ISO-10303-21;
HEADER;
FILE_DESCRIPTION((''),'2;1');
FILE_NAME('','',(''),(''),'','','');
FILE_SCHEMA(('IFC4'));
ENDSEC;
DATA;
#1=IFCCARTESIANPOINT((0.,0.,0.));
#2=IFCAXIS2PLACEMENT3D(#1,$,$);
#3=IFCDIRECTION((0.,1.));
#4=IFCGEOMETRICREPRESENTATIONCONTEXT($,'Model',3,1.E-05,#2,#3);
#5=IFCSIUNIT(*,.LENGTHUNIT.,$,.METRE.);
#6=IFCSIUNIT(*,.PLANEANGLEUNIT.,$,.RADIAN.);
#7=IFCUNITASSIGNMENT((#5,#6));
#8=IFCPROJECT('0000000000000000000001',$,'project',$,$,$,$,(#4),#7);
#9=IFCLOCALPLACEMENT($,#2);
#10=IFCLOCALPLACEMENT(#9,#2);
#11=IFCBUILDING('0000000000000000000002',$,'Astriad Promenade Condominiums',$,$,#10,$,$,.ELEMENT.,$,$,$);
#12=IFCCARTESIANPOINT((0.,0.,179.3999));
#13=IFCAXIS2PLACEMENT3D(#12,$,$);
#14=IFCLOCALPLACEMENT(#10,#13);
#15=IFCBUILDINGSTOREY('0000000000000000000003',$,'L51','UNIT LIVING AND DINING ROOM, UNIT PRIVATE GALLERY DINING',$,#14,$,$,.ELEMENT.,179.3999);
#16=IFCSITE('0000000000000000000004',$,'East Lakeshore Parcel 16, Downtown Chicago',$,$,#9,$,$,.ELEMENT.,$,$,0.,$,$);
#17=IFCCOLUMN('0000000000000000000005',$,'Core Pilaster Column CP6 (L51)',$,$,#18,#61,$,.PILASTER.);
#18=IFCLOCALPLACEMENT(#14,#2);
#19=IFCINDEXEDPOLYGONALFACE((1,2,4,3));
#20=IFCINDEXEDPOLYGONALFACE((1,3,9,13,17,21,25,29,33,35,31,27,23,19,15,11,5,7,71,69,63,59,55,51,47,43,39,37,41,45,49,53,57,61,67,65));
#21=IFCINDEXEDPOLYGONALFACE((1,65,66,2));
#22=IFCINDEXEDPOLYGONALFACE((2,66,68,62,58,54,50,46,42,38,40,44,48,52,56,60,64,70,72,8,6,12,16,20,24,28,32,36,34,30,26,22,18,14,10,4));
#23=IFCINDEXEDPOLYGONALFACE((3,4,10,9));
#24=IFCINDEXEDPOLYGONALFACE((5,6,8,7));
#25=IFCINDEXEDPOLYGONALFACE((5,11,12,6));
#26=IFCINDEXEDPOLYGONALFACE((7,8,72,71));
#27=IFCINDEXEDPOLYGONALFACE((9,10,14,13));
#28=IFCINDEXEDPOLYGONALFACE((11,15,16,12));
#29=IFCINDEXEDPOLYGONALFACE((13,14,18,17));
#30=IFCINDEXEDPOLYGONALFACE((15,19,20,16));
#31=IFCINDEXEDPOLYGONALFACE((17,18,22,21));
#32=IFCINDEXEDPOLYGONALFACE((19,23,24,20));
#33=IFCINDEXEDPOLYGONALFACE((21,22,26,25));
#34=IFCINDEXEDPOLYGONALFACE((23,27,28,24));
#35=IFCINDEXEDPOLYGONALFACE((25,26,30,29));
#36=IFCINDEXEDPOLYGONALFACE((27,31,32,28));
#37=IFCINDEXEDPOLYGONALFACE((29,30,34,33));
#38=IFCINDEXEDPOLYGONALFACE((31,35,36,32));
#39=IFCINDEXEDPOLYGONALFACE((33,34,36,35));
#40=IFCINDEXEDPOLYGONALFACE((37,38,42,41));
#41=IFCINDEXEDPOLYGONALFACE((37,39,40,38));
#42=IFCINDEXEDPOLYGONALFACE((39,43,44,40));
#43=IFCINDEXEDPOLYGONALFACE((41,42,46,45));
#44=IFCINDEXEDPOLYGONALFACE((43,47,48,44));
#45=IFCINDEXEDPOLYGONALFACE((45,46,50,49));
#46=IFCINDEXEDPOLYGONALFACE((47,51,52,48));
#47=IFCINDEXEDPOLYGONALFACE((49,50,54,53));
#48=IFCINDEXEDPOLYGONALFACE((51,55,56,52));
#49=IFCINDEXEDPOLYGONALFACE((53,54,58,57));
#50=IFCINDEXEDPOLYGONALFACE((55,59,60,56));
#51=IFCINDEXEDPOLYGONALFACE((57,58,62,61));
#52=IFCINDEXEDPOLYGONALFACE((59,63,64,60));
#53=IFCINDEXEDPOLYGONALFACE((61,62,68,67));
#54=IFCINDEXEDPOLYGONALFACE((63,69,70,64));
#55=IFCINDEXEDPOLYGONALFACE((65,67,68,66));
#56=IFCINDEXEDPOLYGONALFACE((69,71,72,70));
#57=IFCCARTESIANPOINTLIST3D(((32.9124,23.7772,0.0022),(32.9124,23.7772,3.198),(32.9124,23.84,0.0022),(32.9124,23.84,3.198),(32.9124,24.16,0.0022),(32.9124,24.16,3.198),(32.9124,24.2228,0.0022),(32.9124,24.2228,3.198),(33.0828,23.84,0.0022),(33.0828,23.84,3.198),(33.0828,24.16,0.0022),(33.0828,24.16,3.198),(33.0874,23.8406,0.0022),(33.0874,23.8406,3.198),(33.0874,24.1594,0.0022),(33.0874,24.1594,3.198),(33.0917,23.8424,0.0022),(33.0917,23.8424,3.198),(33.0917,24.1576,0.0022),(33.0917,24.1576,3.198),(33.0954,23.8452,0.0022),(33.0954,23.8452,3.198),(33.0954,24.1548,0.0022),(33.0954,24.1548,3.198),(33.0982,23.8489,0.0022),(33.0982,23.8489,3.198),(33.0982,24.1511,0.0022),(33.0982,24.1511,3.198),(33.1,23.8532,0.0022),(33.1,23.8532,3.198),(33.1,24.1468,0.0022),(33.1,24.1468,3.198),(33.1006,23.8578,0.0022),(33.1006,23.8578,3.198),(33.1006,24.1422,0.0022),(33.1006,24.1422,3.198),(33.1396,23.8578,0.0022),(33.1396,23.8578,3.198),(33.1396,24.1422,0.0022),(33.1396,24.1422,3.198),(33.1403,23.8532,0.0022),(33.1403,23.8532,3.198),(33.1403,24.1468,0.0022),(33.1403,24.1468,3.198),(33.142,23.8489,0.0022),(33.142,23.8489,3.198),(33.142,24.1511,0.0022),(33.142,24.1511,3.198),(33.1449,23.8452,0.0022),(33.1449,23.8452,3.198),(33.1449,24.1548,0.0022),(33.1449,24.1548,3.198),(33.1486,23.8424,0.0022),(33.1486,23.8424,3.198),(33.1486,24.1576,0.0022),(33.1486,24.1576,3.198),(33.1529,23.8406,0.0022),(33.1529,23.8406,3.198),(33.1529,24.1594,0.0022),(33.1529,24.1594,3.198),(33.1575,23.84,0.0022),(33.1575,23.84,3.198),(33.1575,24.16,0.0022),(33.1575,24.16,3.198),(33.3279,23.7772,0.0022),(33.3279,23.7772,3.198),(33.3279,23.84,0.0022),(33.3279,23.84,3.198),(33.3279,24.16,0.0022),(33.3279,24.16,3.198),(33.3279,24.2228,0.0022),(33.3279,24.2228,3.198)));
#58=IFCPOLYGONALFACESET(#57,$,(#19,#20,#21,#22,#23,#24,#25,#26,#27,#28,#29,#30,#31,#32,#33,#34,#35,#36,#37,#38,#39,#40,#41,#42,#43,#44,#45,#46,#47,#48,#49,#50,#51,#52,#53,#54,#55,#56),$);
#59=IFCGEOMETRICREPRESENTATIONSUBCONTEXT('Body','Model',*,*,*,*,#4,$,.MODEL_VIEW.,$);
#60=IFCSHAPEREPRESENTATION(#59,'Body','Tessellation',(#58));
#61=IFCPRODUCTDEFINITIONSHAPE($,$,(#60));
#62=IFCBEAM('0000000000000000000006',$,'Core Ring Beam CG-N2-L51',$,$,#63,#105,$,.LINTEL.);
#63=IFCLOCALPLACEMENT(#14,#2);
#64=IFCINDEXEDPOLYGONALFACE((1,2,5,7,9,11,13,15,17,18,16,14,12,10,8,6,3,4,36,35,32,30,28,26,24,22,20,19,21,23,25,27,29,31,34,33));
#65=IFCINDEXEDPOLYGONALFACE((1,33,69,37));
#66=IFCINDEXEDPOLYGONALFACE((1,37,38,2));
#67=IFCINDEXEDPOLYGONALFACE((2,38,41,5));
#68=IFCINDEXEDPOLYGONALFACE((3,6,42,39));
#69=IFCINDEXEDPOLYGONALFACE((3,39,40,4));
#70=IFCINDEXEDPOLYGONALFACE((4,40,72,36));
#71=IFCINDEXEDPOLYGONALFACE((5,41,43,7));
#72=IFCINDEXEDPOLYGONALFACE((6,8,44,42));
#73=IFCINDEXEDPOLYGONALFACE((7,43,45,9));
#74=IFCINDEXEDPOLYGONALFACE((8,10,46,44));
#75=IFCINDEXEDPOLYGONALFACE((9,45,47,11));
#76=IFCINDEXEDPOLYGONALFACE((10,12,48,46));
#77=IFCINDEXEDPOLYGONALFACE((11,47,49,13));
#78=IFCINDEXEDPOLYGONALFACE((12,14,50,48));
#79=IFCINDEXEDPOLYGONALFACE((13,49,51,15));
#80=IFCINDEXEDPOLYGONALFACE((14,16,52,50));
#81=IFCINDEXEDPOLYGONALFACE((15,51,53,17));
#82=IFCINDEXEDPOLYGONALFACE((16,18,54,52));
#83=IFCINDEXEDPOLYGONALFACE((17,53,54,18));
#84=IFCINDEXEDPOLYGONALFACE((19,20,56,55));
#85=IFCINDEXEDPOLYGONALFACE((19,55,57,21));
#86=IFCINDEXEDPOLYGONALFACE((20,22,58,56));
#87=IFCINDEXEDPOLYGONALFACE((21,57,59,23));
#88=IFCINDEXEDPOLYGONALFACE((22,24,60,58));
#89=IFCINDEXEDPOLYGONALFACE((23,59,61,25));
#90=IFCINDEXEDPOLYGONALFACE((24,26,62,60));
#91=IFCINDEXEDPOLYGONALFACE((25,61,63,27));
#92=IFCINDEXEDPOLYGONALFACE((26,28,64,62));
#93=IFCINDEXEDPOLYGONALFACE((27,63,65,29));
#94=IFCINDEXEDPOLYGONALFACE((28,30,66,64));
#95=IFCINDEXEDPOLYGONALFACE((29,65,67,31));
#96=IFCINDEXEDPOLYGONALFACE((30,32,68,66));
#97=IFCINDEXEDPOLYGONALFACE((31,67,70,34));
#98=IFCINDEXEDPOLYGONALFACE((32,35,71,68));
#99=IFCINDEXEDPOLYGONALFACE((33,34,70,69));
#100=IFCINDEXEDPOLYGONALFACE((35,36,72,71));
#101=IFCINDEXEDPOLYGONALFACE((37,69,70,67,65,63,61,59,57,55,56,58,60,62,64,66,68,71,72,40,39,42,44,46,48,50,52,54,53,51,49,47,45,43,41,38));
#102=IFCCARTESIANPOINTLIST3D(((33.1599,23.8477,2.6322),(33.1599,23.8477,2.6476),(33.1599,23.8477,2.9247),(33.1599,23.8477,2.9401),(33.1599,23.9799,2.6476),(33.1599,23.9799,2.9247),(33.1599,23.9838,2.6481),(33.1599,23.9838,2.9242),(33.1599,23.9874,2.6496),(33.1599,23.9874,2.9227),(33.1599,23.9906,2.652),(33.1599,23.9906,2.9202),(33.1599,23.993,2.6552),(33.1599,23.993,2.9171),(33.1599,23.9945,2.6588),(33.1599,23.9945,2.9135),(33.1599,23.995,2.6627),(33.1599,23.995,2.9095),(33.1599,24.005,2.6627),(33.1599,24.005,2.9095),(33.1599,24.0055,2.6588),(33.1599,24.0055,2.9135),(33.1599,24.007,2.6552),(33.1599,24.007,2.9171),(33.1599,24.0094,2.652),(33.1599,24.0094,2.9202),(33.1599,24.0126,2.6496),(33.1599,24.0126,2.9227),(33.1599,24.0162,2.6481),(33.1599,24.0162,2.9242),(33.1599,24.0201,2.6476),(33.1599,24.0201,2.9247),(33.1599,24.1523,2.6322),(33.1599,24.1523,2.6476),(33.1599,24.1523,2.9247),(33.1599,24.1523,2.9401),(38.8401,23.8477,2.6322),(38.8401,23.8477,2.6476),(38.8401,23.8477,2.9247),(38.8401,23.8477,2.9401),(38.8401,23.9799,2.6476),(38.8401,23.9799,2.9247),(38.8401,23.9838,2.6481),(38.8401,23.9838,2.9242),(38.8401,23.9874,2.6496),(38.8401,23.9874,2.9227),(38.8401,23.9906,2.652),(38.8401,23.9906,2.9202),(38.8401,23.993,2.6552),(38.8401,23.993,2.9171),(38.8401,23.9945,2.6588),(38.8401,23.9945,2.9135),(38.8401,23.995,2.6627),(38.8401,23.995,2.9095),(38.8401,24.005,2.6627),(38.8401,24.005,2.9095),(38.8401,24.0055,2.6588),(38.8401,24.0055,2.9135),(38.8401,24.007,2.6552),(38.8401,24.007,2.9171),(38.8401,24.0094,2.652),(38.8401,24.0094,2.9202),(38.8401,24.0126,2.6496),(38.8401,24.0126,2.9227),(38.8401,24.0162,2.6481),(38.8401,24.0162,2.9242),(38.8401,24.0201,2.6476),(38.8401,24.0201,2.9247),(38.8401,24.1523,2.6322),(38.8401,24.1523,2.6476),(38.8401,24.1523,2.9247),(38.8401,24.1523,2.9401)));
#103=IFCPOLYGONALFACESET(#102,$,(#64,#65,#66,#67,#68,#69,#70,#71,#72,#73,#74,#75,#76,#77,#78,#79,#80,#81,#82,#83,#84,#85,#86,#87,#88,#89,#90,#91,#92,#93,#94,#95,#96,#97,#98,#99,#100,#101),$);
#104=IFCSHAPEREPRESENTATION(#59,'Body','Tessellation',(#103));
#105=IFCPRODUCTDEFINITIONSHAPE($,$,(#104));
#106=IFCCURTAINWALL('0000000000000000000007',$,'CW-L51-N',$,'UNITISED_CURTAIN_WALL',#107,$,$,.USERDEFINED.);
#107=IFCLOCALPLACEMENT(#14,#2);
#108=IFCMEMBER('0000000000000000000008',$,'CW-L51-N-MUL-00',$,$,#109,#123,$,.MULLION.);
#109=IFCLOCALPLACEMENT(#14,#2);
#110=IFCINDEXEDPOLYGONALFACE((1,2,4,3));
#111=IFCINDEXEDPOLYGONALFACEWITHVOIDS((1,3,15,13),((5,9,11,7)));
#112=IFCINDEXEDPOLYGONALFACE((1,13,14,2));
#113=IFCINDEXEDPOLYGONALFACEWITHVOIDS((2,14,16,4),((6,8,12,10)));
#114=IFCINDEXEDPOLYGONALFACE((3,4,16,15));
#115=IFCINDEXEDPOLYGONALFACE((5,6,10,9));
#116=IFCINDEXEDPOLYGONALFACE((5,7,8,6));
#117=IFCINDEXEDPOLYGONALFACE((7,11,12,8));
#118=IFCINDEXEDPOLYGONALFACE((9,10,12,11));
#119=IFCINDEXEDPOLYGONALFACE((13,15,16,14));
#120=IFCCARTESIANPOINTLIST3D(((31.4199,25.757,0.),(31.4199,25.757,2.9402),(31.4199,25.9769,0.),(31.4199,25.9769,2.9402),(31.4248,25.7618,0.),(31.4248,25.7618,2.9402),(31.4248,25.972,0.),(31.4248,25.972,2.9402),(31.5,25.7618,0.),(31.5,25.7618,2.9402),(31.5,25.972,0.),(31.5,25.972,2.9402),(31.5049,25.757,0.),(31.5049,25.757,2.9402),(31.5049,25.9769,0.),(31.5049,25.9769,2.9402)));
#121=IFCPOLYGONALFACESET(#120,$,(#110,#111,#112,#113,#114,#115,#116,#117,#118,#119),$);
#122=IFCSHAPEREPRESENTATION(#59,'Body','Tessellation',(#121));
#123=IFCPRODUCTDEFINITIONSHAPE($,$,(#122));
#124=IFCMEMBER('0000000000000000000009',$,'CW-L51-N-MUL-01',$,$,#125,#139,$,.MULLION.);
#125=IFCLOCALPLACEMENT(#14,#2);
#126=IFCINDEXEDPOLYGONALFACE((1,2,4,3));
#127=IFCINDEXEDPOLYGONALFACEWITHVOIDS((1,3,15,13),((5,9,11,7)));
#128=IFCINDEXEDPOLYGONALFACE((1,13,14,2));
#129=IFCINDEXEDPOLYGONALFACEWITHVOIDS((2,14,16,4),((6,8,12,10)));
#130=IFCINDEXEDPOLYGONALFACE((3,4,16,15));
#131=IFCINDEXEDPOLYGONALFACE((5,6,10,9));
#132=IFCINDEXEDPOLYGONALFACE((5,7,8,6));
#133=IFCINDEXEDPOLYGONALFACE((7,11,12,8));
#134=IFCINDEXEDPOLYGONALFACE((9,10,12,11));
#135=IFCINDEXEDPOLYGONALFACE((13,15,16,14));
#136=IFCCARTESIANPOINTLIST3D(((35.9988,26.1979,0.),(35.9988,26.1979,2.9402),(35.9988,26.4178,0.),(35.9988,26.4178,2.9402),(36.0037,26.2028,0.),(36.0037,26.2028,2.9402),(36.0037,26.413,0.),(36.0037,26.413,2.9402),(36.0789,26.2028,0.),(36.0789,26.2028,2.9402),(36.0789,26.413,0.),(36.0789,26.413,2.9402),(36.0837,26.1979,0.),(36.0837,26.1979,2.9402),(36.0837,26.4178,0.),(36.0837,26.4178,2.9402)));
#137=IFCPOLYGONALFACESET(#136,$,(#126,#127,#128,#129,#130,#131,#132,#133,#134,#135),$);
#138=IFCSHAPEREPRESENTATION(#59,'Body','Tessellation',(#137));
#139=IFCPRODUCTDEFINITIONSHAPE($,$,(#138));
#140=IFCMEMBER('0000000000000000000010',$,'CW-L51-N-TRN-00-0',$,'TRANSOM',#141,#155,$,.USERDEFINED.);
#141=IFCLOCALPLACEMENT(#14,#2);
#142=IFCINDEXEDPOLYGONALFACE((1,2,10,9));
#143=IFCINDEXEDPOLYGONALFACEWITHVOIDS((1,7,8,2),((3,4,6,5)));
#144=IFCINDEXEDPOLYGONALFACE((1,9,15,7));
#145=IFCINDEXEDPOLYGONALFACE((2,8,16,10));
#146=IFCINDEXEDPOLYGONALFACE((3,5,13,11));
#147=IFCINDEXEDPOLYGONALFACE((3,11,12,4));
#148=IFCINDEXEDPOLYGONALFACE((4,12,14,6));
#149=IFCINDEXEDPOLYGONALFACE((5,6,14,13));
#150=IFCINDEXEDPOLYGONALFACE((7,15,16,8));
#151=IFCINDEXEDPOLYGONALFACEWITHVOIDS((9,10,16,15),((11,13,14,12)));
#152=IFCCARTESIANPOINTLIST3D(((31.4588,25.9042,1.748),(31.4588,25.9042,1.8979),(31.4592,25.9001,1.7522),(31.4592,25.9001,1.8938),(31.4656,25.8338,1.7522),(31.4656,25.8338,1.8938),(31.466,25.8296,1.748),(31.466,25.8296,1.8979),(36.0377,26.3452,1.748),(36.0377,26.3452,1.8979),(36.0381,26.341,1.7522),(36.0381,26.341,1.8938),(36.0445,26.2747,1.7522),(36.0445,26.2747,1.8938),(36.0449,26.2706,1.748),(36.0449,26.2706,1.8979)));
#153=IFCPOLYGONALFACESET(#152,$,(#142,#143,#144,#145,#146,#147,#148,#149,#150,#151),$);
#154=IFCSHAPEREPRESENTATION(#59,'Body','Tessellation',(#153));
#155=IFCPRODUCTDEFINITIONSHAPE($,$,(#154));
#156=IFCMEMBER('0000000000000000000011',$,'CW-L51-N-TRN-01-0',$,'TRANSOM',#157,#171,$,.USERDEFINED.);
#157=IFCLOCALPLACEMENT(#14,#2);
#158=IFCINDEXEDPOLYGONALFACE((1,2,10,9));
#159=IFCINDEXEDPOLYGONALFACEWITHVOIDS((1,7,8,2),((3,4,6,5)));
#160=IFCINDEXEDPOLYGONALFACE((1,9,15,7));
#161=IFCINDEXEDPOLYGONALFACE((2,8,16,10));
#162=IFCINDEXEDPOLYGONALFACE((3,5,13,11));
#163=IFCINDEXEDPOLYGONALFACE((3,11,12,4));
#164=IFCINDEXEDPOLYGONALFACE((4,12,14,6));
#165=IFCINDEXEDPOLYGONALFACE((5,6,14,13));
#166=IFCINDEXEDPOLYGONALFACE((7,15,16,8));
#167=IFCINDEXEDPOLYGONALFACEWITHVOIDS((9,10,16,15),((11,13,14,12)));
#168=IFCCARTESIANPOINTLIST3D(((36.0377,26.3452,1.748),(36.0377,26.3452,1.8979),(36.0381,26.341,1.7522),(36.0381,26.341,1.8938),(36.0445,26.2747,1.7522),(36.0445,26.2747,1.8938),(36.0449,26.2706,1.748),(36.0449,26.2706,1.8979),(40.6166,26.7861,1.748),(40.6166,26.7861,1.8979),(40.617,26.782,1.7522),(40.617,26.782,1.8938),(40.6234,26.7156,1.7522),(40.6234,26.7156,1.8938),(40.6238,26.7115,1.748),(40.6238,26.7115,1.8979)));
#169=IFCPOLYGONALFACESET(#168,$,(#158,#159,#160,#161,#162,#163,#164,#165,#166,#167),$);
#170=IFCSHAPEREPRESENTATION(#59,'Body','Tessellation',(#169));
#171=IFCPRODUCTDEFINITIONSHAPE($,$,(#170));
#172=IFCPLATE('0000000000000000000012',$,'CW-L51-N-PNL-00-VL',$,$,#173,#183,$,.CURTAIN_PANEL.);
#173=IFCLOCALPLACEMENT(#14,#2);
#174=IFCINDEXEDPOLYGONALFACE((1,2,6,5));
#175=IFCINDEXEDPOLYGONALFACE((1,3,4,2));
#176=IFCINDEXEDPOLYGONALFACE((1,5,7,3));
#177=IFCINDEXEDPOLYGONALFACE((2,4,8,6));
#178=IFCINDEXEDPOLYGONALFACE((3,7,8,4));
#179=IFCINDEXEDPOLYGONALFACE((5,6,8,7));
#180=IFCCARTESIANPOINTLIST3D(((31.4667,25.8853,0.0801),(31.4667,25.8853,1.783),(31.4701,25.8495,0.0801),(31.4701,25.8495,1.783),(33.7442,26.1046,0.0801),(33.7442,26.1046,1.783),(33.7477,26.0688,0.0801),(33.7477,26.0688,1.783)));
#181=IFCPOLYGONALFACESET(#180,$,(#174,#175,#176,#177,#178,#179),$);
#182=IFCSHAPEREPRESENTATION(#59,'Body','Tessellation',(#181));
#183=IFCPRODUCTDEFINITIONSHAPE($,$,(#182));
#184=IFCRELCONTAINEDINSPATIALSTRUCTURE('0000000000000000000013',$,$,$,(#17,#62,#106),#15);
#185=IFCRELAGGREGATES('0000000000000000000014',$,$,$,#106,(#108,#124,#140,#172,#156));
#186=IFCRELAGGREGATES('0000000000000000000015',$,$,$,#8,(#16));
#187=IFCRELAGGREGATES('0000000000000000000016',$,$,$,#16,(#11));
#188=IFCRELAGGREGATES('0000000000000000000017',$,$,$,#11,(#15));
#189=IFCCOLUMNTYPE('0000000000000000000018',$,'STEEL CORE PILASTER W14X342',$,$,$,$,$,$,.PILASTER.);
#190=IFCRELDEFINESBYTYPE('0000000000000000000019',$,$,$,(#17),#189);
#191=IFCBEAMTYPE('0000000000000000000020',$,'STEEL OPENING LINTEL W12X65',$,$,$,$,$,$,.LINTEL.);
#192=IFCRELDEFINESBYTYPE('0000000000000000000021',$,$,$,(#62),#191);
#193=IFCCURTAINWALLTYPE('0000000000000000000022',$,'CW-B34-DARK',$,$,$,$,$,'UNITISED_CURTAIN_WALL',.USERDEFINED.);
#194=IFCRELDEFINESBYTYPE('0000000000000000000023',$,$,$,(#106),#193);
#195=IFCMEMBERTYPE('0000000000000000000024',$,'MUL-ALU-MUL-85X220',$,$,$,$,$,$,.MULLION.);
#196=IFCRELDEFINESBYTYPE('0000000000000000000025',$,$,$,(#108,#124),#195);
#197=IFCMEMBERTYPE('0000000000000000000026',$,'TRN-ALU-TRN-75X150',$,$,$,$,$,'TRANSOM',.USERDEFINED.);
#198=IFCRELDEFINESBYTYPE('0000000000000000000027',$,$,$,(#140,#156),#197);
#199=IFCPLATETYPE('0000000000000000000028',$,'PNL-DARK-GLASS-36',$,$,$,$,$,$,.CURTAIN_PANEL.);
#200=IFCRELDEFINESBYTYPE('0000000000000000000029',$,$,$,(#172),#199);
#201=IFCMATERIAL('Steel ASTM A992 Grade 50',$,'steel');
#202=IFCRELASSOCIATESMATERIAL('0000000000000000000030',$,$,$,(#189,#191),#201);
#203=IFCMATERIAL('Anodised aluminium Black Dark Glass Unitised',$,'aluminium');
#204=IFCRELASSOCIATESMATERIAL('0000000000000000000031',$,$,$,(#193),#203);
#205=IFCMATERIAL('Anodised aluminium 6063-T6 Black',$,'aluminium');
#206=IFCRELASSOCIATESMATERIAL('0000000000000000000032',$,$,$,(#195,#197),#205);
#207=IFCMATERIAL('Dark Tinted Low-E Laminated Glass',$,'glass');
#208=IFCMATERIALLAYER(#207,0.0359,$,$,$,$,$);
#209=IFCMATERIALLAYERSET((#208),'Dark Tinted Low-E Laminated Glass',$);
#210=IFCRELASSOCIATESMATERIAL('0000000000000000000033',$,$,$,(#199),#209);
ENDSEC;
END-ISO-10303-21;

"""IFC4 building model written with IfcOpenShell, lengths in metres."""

from ifc_helpers import new_model, si_unit, direction, frame, origin, origin_2d, place, context, subcontext, project, spatial, rectangle, hollow_rectangle, i_section, extrude, source, transform, mapped, material, layer, layer_set, material_profile, profile_set, type_object, type_shapes, element, aggregate, save


model = new_model("IFC4")

# Units and contexts
model_context = context("Model", 3, precision=1e-05, world=origin(), true_north=direction((0.0, 1.0)))
body_context = subcontext(model_context, "Body", "Model", "MODEL_VIEW")
ifc_project = project(units=[si_unit("LENGTHUNIT", "METRE"), si_unit("PLANEANGLEUNIT", "RADIAN")], contexts=[model_context])

# Site, building, storey
site_placement = place(None, origin())
site = spatial("IfcSite", under=ifc_project, at=site_placement, Name="East Lakeshore Parcel 16, Downtown Chicago", CompositionType="ELEMENT", RefElevation=0.0)
building_placement = place(site_placement, origin())
building = spatial("IfcBuilding", under=site, at=building_placement, Name="Astriad Promenade Condominiums", CompositionType="ELEMENT")
storey_placement = place(building_placement, frame((0.0, 0.0, 179.3999)))
storey = spatial("IfcBuildingStorey", under=building, at=storey_placement, Name="L51", Description="UNIT LIVING AND DINING ROOM, UNIT PRIVATE GALLERY DINING", CompositionType="ELEMENT", Elevation=179.3999)

# Column
ifc_material_1 = material(Name="Steel ASTM A992 Grade 50", Category="steel")
ifc_material_profile_1 = material_profile(ifc_material_1, i_section(OverallWidth=0.4155, OverallDepth=0.4456, WebThickness=0.0391, FlangeThickness=0.0627, FilletRadius=0.0178, at=origin_2d()), Name="W14X342")
ifc_profile_set_1 = profile_set([ifc_material_profile_1], Name="Steel ASTM A992 Grade 50")
column_type = type_object("IfcColumnType", Name="STEEL CORE PILASTER W14X342", PredefinedType="PILASTER", material=ifc_profile_set_1)
shared_shape_1 = source(origin(), body_context, "Body", "SweptSolid", [
    extrude(i_section(OverallWidth=0.4155, OverallDepth=0.4456, WebThickness=0.0391, FlangeThickness=0.0627, FilletRadius=0.0178, at=origin_2d()), origin(), (0.0, 0.0, 1.0), 3.1958),
])
type_shapes(column_type, [shared_shape_1])
column_placement = place(storey_placement, frame((33.1201, 24.0, 0.0022), z_axis=(0.0, 0.0, 1.0), x_axis=(1.0, 0.0, 0.0)))
element("IfcColumn", 1, at=column_placement, inside=storey, type_object=column_type, Name="Core Pilaster Column CP6 (L51)", PredefinedType="PILASTER", context=body_context, shape_type="MappedRepresentation", body=[
    mapped(shared_shape_1, transform((0.0, 0.0, 0.0), scale=1.0)),
])

# Beam
ifc_material_profile_2 = material_profile(ifc_material_1, i_section(OverallWidth=0.3047, OverallDepth=0.3079, WebThickness=0.01, FlangeThickness=0.0154, FilletRadius=0.0151, at=origin_2d()), Name="W12X65")
ifc_profile_set_2 = profile_set([ifc_material_profile_2], Name="Steel ASTM A992 Grade 50")
beam_type = type_object("IfcBeamType", Name="STEEL OPENING LINTEL W12X65", PredefinedType="LINTEL", material=ifc_profile_set_2)
shared_shape_2 = source(origin(), body_context, "Body", "SweptSolid", [
    extrude(i_section(OverallWidth=0.3047, OverallDepth=0.3079, WebThickness=0.01, FlangeThickness=0.0154, FilletRadius=0.0151, at=origin_2d()), origin(), (0.0, 0.0, 1.0), 5.6802),
])
type_shapes(beam_type, [shared_shape_2])
beam_placement = place(storey_placement, frame((33.1599, 24.0, 2.7861), z_axis=(1.0, 0.0, 0.0), x_axis=(0.0, 1.0, 0.0)))
element("IfcBeam", 2, at=beam_placement, inside=storey, type_object=beam_type, Name="Core Ring Beam CG-N2-L51", PredefinedType="LINTEL", context=body_context, shape_type="MappedRepresentation", body=[
    mapped(shared_shape_2, transform((0.0, 0.0, 0.0), scale=1.0)),
])

# Curtain wall, members, plate
ifc_material_2 = material(Name="Anodised aluminium Black Dark Glass Unitised", Category="aluminium")
curtain_wall_type = type_object("IfcCurtainWallType", Name="CW-B34-DARK", ElementType="UNITISED_CURTAIN_WALL", PredefinedType="USERDEFINED", material=ifc_material_2)
curtain_wall_placement = place(storey_placement, origin())
curtain_wall = element("IfcCurtainWall", 3, at=curtain_wall_placement, inside=storey, type_object=curtain_wall_type, Name="CW-L51-N", ObjectType="UNITISED_CURTAIN_WALL", PredefinedType="USERDEFINED")
ifc_material_3 = material(Name="Anodised aluminium 6063-T6 Black", Category="aluminium")
ifc_material_profile_3 = material_profile(ifc_material_3, hollow_rectangle(XDim=0.085, YDim=0.22, WallThickness=0.0049, at=origin_2d()), Name="ALU-MUL-85X220")
ifc_profile_set_3 = profile_set([ifc_material_profile_3], Name="Anodised aluminium 6063-T6 Black")
member_type_1 = type_object("IfcMemberType", Name="MUL-ALU-MUL-85X220", PredefinedType="MULLION", material=ifc_profile_set_3)
shared_shape_3 = source(origin(), body_context, "Body", "SweptSolid", [
    extrude(hollow_rectangle(XDim=0.085, YDim=0.22, WallThickness=0.0049, at=origin_2d()), origin(), (0.0, 0.0, 1.0), 2.9402),
])
type_shapes(member_type_1, [shared_shape_3])
member_1_placement = place(storey_placement, frame((31.4624, 25.8669, 0.0), z_axis=(0.0, 0.0, 1.0), x_axis=(1.0, 0.0, 0.0)))
member_1 = element("IfcMember", 4, at=member_1_placement, type_object=member_type_1, Name="CW-L51-N-MUL-00", PredefinedType="MULLION", context=body_context, shape_type="MappedRepresentation", body=[
    mapped(shared_shape_3, transform((0.0, 0.0, 0.0), scale=1.0)),
])
member_2_placement = place(storey_placement, frame((36.0413, 26.3079, 0.0), z_axis=(0.0, 0.0, 1.0), x_axis=(1.0, 0.0, 0.0)))
member_2 = element("IfcMember", 5, at=member_2_placement, type_object=member_type_1, Name="CW-L51-N-MUL-01", PredefinedType="MULLION", context=body_context, shape_type="MappedRepresentation", body=[
    mapped(shared_shape_3, transform((0.0, 0.0, 0.0), scale=1.0)),
])
ifc_material_profile_4 = material_profile(ifc_material_3, hollow_rectangle(XDim=0.075, YDim=0.1499, WallThickness=0.0042, at=origin_2d()), Name="ALU-TRN-75X150")
ifc_profile_set_4 = profile_set([ifc_material_profile_4], Name="Anodised aluminium 6063-T6 Black")
member_type_2 = type_object("IfcMemberType", Name="TRN-ALU-TRN-75X150", ElementType="TRANSOM", PredefinedType="USERDEFINED", material=ifc_profile_set_4)
shared_shape_4 = source(origin(), body_context, "Body", "SweptSolid", [
    extrude(hollow_rectangle(XDim=0.075, YDim=0.1499, WallThickness=0.0042, at=origin_2d()), origin(), (0.0, 0.0, 1.0), 4.6001),
])
type_shapes(member_type_2, [shared_shape_4])
member_3_placement = place(storey_placement, frame((31.4624, 25.8669, 1.823), z_axis=(0.995396, 0.095851, 0.0), x_axis=(-0.095851, 0.995396, 0.0)))
member_3 = element("IfcMember", 6, at=member_3_placement, type_object=member_type_2, Name="CW-L51-N-TRN-00-0", ObjectType="TRANSOM", PredefinedType="USERDEFINED", context=body_context, shape_type="MappedRepresentation", body=[
    mapped(shared_shape_4, transform((0.0, 0.0, 0.0), scale=1.0)),
])
member_4_placement = place(storey_placement, frame((36.0413, 26.3079, 1.823), z_axis=(0.995396, 0.095851, 0.0), x_axis=(-0.095851, 0.995396, 0.0)))
member_4 = element("IfcMember", 7, at=member_4_placement, type_object=member_type_2, Name="CW-L51-N-TRN-01-0", ObjectType="TRANSOM", PredefinedType="USERDEFINED", context=body_context, shape_type="MappedRepresentation", body=[
    mapped(shared_shape_4, transform((0.0, 0.0, 0.0), scale=1.0)),
])
ifc_material_4 = material(Name="Dark Tinted Low-E Laminated Glass", Category="glass")
ifc_layer_1 = layer(ifc_material_4, 0.0359)
ifc_layer_set_1 = layer_set([ifc_layer_1], Name="Dark Tinted Low-E Laminated Glass")
plate_type = type_object("IfcPlateType", Name="PNL-DARK-GLASS-36", PredefinedType="CURTAIN_PANEL", material=ifc_layer_set_1)
shared_shape_5 = source(origin(), body_context, "Body", "SweptSolid", [
    extrude(rectangle(XDim=2.2881, YDim=0.0359, at=origin_2d()), origin(), (0.0, 0.0, 1.0), 1.7029),
])
plate_1_placement = place(storey_placement, frame((32.6072, 25.9771, 0.0801), z_axis=(0.0, 0.0, 1.0), x_axis=(0.995396, 0.095846, 0.0)))
plate_1 = element("IfcPlate", 8, at=plate_1_placement, type_object=plate_type, Name="CW-L51-N-PNL-00-VL", PredefinedType="CURTAIN_PANEL", context=body_context, shape_type="MappedRepresentation", body=[
    mapped(shared_shape_5, transform((0.0, 0.0, 0.0), scale=1.0)),
])
aggregate(curtain_wall, [member_1, member_2, member_3, plate_1, member_4])

save(model, "model.ifc")
